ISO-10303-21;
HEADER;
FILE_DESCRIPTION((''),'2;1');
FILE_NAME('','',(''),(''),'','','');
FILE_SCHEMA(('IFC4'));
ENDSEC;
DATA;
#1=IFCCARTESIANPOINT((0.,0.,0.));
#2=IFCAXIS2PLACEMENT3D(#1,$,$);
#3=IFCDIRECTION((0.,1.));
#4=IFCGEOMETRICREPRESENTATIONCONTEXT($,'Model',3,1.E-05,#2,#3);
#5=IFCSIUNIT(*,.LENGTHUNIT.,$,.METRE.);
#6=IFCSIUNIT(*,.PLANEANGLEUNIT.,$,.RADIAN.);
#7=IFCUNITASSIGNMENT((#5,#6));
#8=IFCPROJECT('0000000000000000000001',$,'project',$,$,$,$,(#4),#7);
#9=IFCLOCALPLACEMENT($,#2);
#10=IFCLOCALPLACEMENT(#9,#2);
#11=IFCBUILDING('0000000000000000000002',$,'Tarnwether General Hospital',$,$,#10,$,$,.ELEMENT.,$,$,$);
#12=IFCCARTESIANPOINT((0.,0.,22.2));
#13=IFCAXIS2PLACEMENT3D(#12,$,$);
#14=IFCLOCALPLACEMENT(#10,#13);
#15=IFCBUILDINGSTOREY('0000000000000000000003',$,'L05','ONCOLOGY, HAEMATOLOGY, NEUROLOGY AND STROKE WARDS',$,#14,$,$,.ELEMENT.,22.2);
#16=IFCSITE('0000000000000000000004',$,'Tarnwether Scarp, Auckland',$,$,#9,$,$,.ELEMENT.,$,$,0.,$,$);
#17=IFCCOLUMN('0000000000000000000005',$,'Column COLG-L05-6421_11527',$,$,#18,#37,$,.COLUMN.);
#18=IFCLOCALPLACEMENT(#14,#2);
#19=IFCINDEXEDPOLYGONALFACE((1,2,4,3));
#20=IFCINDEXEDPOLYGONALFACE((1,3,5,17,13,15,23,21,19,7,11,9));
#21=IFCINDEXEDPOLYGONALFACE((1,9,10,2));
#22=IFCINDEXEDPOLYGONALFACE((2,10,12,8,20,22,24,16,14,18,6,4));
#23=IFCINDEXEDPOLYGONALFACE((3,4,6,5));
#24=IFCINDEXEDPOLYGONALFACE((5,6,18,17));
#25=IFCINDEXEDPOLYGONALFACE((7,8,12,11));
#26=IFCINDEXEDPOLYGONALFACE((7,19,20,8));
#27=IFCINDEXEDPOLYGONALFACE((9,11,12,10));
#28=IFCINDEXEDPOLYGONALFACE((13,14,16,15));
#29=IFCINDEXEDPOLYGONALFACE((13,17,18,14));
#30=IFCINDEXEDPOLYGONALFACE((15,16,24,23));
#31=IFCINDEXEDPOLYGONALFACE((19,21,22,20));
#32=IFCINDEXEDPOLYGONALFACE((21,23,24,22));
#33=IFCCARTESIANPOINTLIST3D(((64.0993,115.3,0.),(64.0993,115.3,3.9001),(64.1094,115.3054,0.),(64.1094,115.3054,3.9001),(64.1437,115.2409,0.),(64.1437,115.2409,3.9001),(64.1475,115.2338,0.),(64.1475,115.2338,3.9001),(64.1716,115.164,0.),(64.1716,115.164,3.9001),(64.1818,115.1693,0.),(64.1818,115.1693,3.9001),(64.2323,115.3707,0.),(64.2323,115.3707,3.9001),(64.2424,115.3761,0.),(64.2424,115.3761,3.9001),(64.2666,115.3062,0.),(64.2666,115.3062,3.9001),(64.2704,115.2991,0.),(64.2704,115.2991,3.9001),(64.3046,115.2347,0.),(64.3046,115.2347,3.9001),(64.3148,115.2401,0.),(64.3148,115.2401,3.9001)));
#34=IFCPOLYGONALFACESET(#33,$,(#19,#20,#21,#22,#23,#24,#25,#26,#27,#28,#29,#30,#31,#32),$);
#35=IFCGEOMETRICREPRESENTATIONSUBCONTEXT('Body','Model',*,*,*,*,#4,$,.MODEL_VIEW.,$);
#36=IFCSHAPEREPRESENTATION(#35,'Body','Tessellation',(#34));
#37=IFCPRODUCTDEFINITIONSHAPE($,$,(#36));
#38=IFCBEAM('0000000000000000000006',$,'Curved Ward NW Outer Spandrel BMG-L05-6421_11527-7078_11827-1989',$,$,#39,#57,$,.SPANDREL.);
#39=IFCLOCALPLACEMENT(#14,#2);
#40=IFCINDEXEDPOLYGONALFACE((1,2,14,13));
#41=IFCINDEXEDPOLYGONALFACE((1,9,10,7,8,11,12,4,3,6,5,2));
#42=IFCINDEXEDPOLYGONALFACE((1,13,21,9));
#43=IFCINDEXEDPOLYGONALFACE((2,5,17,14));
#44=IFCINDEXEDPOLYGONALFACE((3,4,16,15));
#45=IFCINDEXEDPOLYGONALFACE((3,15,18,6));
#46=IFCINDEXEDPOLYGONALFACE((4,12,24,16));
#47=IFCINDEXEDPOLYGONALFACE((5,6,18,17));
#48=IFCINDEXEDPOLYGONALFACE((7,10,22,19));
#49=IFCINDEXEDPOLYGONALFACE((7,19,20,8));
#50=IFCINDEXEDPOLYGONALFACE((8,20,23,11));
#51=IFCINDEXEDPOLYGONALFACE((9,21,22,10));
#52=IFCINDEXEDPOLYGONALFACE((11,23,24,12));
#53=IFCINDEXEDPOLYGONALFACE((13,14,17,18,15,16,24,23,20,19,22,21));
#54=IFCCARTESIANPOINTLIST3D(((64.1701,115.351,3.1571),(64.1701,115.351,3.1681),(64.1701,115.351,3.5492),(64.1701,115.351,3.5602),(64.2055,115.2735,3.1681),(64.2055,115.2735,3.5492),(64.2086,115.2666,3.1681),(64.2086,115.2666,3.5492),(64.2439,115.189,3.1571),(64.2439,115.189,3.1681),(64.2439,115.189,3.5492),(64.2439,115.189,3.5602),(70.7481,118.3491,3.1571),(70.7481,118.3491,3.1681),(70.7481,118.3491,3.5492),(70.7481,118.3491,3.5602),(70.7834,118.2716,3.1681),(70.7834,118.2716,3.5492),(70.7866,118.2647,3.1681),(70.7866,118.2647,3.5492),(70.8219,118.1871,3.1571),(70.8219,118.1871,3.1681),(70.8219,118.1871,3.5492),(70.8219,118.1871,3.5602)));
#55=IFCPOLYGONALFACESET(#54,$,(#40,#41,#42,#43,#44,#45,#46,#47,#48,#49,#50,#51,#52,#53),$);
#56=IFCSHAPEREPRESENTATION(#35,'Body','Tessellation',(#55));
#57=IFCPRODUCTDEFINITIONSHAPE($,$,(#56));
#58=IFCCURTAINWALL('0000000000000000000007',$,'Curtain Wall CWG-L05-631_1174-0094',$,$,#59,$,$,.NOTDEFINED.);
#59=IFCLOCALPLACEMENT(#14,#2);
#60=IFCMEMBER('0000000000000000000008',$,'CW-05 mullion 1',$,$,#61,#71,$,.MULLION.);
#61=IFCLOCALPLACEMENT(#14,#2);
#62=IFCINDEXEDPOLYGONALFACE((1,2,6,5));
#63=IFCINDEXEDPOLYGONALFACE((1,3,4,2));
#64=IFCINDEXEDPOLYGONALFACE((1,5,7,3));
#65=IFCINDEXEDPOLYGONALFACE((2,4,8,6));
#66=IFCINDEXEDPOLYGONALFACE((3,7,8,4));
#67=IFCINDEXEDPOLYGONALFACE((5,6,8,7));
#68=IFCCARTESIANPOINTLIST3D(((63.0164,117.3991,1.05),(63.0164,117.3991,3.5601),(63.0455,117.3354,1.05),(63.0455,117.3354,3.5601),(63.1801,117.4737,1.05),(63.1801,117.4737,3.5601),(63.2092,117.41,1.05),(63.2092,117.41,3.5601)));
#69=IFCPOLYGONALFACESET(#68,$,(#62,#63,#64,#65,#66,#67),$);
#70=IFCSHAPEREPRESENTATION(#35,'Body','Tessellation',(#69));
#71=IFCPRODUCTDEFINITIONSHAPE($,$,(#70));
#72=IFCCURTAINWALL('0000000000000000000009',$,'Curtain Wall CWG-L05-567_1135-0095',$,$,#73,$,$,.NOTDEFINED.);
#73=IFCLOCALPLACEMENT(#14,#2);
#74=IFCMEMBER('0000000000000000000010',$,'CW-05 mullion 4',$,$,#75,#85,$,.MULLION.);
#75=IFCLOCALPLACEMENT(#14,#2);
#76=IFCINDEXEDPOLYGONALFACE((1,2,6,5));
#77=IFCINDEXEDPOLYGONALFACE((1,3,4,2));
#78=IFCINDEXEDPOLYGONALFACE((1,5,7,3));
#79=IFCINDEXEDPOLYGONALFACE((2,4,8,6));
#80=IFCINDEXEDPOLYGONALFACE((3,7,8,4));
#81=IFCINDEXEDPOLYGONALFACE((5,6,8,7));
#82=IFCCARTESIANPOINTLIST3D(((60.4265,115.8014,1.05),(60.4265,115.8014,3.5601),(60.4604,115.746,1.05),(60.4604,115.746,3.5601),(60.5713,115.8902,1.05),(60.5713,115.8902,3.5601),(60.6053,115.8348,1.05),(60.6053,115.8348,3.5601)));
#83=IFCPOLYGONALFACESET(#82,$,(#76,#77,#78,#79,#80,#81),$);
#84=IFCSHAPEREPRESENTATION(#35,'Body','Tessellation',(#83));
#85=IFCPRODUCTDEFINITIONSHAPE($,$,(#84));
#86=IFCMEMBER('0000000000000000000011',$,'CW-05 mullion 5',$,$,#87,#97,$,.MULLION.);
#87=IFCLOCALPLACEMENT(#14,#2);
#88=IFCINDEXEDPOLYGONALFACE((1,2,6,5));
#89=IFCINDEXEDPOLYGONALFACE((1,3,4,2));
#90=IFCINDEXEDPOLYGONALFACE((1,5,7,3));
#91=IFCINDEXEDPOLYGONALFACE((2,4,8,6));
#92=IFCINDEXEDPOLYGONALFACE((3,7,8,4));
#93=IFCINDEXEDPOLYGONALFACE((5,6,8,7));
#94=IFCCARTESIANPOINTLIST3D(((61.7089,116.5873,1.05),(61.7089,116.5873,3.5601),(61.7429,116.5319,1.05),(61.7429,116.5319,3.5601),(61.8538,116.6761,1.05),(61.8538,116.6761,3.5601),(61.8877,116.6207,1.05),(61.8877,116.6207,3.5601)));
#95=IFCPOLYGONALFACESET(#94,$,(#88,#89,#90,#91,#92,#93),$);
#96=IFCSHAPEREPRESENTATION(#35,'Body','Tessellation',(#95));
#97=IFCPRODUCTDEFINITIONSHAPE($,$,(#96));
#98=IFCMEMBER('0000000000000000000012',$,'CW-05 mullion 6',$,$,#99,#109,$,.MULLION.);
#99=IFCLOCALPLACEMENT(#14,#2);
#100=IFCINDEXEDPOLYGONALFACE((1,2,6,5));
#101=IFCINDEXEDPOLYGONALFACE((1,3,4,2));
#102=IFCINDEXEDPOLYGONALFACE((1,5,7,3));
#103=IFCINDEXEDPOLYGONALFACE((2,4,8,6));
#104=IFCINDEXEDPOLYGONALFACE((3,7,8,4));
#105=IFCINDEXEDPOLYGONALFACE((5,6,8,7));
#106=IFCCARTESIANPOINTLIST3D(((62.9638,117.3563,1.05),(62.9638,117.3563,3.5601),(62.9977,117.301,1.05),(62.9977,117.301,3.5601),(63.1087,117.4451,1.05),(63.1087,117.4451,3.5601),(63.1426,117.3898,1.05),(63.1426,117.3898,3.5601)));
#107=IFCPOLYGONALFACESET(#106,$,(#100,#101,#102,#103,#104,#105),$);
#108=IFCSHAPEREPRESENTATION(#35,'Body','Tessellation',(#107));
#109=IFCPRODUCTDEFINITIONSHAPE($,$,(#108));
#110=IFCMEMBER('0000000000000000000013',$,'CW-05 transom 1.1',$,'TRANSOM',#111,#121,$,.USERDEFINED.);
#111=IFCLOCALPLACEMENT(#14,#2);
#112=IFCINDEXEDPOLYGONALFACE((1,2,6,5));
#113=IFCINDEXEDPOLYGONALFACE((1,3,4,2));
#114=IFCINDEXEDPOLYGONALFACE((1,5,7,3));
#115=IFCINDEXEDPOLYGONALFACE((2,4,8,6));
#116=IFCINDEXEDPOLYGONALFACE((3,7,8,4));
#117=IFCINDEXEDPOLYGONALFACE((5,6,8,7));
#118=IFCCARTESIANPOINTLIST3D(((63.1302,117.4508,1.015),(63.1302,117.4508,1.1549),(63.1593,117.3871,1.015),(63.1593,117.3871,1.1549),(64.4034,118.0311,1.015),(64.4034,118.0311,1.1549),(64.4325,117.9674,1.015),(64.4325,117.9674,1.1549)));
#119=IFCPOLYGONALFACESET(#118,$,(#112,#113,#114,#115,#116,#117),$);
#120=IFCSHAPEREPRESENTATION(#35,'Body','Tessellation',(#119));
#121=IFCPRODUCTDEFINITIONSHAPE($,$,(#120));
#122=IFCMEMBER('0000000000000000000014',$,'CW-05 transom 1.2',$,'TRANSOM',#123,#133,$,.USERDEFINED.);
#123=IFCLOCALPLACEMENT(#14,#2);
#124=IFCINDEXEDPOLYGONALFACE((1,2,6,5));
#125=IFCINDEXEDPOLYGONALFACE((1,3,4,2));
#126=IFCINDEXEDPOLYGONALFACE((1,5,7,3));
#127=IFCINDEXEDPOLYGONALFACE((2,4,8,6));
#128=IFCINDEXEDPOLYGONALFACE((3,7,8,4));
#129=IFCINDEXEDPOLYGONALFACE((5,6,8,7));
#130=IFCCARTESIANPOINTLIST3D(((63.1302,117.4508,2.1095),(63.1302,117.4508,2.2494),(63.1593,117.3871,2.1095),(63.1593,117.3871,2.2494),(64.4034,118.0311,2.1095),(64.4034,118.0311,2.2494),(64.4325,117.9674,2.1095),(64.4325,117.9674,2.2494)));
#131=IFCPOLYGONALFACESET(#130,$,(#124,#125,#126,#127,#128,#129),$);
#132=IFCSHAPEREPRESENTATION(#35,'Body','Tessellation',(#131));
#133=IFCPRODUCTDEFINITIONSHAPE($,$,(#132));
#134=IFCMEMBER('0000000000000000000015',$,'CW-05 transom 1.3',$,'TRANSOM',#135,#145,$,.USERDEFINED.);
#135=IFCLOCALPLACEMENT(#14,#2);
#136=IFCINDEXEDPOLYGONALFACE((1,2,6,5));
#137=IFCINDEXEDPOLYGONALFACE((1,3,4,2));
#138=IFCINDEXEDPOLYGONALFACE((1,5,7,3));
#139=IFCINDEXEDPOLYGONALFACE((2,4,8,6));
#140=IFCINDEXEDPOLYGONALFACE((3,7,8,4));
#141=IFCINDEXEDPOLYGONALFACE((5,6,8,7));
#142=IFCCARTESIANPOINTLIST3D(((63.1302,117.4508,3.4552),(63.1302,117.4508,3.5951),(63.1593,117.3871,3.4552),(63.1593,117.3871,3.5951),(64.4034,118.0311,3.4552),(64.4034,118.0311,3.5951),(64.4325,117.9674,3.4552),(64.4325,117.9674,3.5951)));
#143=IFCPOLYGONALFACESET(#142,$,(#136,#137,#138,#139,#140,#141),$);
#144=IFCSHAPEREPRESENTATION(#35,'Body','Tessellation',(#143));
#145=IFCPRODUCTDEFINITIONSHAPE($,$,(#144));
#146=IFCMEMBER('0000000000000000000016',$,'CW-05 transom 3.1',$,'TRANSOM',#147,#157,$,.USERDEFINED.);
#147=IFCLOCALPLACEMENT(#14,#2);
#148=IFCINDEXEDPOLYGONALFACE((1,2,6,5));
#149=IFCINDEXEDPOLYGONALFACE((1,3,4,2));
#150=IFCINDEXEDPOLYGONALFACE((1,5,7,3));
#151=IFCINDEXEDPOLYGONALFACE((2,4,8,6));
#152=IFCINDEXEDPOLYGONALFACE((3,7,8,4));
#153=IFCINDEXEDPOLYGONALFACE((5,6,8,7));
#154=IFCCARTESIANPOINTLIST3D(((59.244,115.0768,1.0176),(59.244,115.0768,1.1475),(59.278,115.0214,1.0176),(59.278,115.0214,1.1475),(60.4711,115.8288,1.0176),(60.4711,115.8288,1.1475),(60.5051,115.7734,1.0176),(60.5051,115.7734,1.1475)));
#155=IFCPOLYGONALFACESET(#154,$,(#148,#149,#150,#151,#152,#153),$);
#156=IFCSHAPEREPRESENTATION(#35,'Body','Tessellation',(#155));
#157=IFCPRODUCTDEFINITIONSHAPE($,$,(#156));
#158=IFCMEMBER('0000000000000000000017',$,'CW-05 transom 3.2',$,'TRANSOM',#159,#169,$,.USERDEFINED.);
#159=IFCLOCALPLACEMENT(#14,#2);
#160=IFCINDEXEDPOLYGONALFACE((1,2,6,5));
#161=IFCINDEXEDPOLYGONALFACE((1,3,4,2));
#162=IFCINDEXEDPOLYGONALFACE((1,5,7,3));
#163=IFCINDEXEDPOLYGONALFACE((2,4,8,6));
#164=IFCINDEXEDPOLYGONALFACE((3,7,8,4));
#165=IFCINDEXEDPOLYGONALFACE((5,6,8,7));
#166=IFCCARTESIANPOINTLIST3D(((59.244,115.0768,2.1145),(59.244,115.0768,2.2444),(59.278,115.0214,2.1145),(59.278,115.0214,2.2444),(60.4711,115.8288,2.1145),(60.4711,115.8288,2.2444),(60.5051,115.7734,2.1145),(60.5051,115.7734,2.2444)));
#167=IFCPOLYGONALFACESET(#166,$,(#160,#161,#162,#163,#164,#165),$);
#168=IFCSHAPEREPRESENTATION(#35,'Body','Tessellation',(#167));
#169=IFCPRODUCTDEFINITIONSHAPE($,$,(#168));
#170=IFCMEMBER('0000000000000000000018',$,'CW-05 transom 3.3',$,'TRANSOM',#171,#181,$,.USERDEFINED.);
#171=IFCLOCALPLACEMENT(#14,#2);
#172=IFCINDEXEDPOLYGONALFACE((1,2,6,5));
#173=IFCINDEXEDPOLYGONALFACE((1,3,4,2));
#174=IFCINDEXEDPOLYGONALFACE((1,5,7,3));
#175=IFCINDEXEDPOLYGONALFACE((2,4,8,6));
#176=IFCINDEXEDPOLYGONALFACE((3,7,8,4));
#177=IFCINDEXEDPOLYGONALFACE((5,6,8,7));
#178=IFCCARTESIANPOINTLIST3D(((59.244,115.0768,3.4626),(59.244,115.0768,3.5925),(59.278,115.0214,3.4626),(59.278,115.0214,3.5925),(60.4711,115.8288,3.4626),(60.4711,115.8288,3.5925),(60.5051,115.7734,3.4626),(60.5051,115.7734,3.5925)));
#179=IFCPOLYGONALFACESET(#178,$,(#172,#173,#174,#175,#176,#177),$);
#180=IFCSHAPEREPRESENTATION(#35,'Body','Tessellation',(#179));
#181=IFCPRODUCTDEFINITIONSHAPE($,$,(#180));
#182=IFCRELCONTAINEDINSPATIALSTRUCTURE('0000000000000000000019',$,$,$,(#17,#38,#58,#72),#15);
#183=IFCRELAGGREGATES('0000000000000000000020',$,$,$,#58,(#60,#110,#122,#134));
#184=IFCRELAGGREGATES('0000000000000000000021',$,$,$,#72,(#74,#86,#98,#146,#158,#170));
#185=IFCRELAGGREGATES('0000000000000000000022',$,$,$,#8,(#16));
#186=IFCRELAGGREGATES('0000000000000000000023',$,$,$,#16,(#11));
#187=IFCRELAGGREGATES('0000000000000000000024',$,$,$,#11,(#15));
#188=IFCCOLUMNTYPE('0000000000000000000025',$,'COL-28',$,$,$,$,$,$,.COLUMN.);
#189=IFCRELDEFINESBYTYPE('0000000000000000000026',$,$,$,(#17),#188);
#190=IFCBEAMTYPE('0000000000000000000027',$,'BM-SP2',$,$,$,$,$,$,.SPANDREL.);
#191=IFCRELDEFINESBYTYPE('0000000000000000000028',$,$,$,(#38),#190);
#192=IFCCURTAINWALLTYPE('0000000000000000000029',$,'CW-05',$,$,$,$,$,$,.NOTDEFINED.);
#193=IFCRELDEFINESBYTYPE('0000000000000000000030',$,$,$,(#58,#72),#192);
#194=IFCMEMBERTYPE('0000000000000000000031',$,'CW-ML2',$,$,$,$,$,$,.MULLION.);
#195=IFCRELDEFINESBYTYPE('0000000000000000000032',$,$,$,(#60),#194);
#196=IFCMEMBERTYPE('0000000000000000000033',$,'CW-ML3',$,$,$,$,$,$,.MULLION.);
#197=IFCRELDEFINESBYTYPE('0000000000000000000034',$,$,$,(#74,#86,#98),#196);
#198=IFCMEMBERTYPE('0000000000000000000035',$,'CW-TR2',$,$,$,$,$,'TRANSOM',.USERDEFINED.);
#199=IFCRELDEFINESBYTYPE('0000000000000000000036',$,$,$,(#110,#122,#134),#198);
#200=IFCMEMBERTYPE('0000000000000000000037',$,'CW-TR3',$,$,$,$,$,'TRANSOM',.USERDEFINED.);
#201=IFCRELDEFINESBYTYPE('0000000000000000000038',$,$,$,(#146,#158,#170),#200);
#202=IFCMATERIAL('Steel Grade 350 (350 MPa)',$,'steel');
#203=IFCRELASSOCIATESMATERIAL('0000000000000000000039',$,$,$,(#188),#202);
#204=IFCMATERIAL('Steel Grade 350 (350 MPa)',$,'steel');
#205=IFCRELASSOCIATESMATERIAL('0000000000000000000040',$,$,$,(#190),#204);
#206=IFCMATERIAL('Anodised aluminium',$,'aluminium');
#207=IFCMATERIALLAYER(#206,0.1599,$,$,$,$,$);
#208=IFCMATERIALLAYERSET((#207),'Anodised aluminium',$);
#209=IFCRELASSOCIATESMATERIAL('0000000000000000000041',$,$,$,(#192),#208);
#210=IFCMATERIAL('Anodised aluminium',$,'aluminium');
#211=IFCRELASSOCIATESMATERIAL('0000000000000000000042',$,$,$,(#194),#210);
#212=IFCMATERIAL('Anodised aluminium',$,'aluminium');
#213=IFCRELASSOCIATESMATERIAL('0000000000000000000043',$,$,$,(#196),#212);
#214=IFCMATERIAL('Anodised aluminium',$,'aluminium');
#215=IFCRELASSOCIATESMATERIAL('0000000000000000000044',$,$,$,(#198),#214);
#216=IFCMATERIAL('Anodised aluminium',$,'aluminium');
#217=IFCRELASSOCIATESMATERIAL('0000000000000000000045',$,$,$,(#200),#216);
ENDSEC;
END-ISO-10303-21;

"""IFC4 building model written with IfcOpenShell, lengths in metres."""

from ifc_helpers import new_model, si_unit, direction, frame, origin, origin_2d, place, context, subcontext, project, spatial, rectangle, i_section, extrude, material, layer, layer_set, material_profile, profile_set, type_object, element, aggregate, save


model = new_model("IFC4")

# Units and contexts
model_context = context("Model", 3, precision=1e-05, world=origin(), true_north=direction((0.0, 1.0)))
body_context = subcontext(model_context, "Body", "Model", "MODEL_VIEW")
ifc_project = project(units=[si_unit("LENGTHUNIT", "METRE"), si_unit("PLANEANGLEUNIT", "RADIAN")], contexts=[model_context])

# Site, building, storey
site_placement = place(None, origin())
site = spatial("IfcSite", under=ifc_project, at=site_placement, Name="Tarnwether Scarp, Auckland", CompositionType="ELEMENT", RefElevation=0.0)
building_placement = place(site_placement, origin())
building = spatial("IfcBuilding", under=site, at=building_placement, Name="Tarnwether General Hospital", CompositionType="ELEMENT")
storey_placement = place(building_placement, frame((0.0, 0.0, 22.2)))
storey = spatial("IfcBuildingStorey", under=building, at=storey_placement, Name="L05", Description="ONCOLOGY, HAEMATOLOGY, NEUROLOGY AND STROKE WARDS", CompositionType="ELEMENT", Elevation=22.2)

# Column
ifc_material_1 = material(Name="Steel Grade 350 (350 MPa)", Category="steel")
ifc_material_profile_1 = material_profile(ifc_material_1, i_section(OverallWidth=0.1541, OverallDepth=0.1621, WebThickness=0.0081, FlangeThickness=0.0115, at=origin_2d()), Name="150UC37.2")
ifc_profile_set_1 = profile_set([ifc_material_profile_1], Name="Steel Grade 350 (350 MPa)")
column_type = type_object("IfcColumnType", Name="COL-28", PredefinedType="COLUMN", material=ifc_profile_set_1)
column_placement = place(storey_placement, frame((64.207, 115.27, 0.0), z_axis=(0.0, 0.0, 1.0), x_axis=(-0.469472, 0.882948, 0.0)))
element("IfcColumn", 1, at=column_placement, inside=storey, type_object=column_type, Name="Column COLG-L05-6421_11527", PredefinedType="COLUMN", context=body_context, shape_type="SweptSolid", body=[
    extrude(i_section(OverallWidth=0.1541, OverallDepth=0.1621, WebThickness=0.0081, FlangeThickness=0.0115, at=origin_2d()), origin(), (0.0, 0.0, 1.0), 3.9001),
])

# Beam
ifc_material_2 = material(Name="Steel Grade 350 (350 MPa)", Category="steel")
ifc_material_profile_2 = material_profile(ifc_material_2, i_section(OverallWidth=0.178, OverallDepth=0.4031, WebThickness=0.0076, FlangeThickness=0.011, at=origin_2d()), Name="410UB53.7")
ifc_profile_set_2 = profile_set([ifc_material_profile_2], Name="Steel Grade 350 (350 MPa)")
beam_type = type_object("IfcBeamType", Name="BM-SP2", PredefinedType="SPANDREL", material=ifc_profile_set_2)
beam_placement = place(storey_placement, frame((64.207, 115.27, 3.3586), z_axis=(0.909944, 0.414731, 0.0), x_axis=(-0.414731, 0.909944, 0.0)))
element("IfcBeam", 2, at=beam_placement, inside=storey, type_object=beam_type, Name="Curved Ward NW Outer Spandrel BMG-L05-6421_11527-7078_11827-1989", PredefinedType="SPANDREL", context=body_context, shape_type="SweptSolid", body=[
    extrude(i_section(OverallWidth=0.178, OverallDepth=0.4031, WebThickness=0.0076, FlangeThickness=0.011, at=origin_2d()), origin(), (0.0, 0.0, 1.0), 7.229),
])

# Curtain wall, member
ifc_material_3 = material(Name="Anodised aluminium", Category="aluminium")
ifc_layer_1 = layer(ifc_material_3, 0.1599)
ifc_layer_set_1 = layer_set([ifc_layer_1], Name="Anodised aluminium")
curtain_wall_type = type_object("IfcCurtainWallType", Name="CW-05", PredefinedType="NOTDEFINED", material=ifc_layer_set_1)
curtain_wall_1_placement = place(storey_placement, origin())
curtain_wall_1 = element("IfcCurtainWall", 3, at=curtain_wall_1_placement, inside=storey, type_object=curtain_wall_type, Name="Curtain Wall CWG-L05-631_1174-0094", PredefinedType="NOTDEFINED")
ifc_material_4 = material(Name="Anodised aluminium", Category="aluminium")
ifc_material_profile_3 = material_profile(ifc_material_4, rectangle(XDim=0.0701, YDim=0.1799, at=origin_2d()), Name="ALU-MUL-70x180")
ifc_profile_set_3 = profile_set([ifc_material_profile_3], Name="Anodised aluminium")
member_type_1 = type_object("IfcMemberType", Name="CW-ML2", PredefinedType="MULLION", material=ifc_profile_set_3)
member_1_placement = place(storey_placement, frame((63.1128, 117.4045, 1.05), z_axis=(0.0, 0.0, 1.0), x_axis=(-0.414694, 0.909961, 0.0)))
member_1 = element("IfcMember", 4, at=member_1_placement, type_object=member_type_1, Name="CW-05 mullion 1", PredefinedType="MULLION", context=body_context, shape_type="SweptSolid", body=[
    extrude(rectangle(XDim=0.0701, YDim=0.1799, at=origin_2d()), origin(), (0.0, 0.0, 1.0), 2.51),
])

# Curtain wall, members
curtain_wall_2_placement = place(storey_placement, origin())
curtain_wall_2 = element("IfcCurtainWall", 5, at=curtain_wall_2_placement, inside=storey, type_object=curtain_wall_type, Name="Curtain Wall CWG-L05-567_1135-0095", PredefinedType="NOTDEFINED")
ifc_material_5 = material(Name="Anodised aluminium", Category="aluminium")
ifc_material_profile_4 = material_profile(ifc_material_5, rectangle(XDim=0.0649, YDim=0.1699, at=origin_2d()), Name="ALU-MUL-65x170")
ifc_profile_set_4 = profile_set([ifc_material_profile_4], Name="Anodised aluminium")
member_type_2 = type_object("IfcMemberType", Name="CW-ML3", PredefinedType="MULLION", material=ifc_profile_set_4)
member_2_placement = place(storey_placement, frame((60.5159, 115.8181, 1.05), z_axis=(0.0, 0.0, 1.0), x_axis=(-0.522509, 0.852634, 0.0)))
member_2 = element("IfcMember", 6, at=member_2_placement, type_object=member_type_2, Name="CW-05 mullion 4", PredefinedType="MULLION", context=body_context, shape_type="SweptSolid", body=[
    extrude(rectangle(XDim=0.0649, YDim=0.1699, at=origin_2d()), origin(), (0.0, 0.0, 1.0), 2.51),
])
member_3_placement = place(storey_placement, frame((61.7983, 116.604, 1.05), z_axis=(0.0, 0.0, 1.0), x_axis=(-0.522509, 0.852634, 0.0)))
member_3 = element("IfcMember", 7, at=member_3_placement, type_object=member_type_2, Name="CW-05 mullion 5", PredefinedType="MULLION", context=body_context, shape_type="SweptSolid", body=[
    extrude(rectangle(XDim=0.0649, YDim=0.1699, at=origin_2d()), origin(), (0.0, 0.0, 1.0), 2.51),
])
member_4_placement = place(storey_placement, frame((63.0532, 117.373, 1.05), z_axis=(0.0, 0.0, 1.0), x_axis=(-0.522509, 0.852634, 0.0)))
member_4 = element("IfcMember", 8, at=member_4_placement, type_object=member_type_2, Name="CW-05 mullion 6", PredefinedType="MULLION", context=body_context, shape_type="SweptSolid", body=[
    extrude(rectangle(XDim=0.0649, YDim=0.1699, at=origin_2d()), origin(), (0.0, 0.0, 1.0), 2.51),
])

# Members
ifc_material_6 = material(Name="Anodised aluminium", Category="aluminium")
ifc_material_profile_5 = material_profile(ifc_material_6, rectangle(XDim=0.0701, YDim=0.1399, at=origin_2d()), Name="ALU-TRN-70x140")
ifc_profile_set_5 = profile_set([ifc_material_profile_5], Name="Anodised aluminium")
member_type_3 = type_object("IfcMemberType", Name="CW-TR2", ElementType="TRANSOM", PredefinedType="USERDEFINED", material=ifc_profile_set_5)
member_5_placement = place(storey_placement, frame((63.1448, 117.4189, 1.085), z_axis=(0.909936, 0.414749, 0.0), x_axis=(-0.414749, 0.909936, 0.0)))
member_5 = element("IfcMember", 9, at=member_5_placement, type_object=member_type_3, Name="CW-05 transom 1.1", ObjectType="TRANSOM", PredefinedType="USERDEFINED", context=body_context, shape_type="SweptSolid", body=[
    extrude(rectangle(XDim=0.0701, YDim=0.1399, at=origin_2d()), origin(), (0.0, 0.0, 1.0), 1.3992),
])
member_6_placement = place(storey_placement, frame((63.1448, 117.4189, 2.1794), z_axis=(0.909936, 0.414749, 0.0), x_axis=(-0.414749, 0.909936, 0.0)))
member_6 = element("IfcMember", 10, at=member_6_placement, type_object=member_type_3, Name="CW-05 transom 1.2", ObjectType="TRANSOM", PredefinedType="USERDEFINED", context=body_context, shape_type="SweptSolid", body=[
    extrude(rectangle(XDim=0.0701, YDim=0.1399, at=origin_2d()), origin(), (0.0, 0.0, 1.0), 1.3992),
])
member_7_placement = place(storey_placement, frame((63.1448, 117.4189, 3.5251), z_axis=(0.909936, 0.414749, 0.0), x_axis=(-0.414749, 0.909936, 0.0)))
member_7 = element("IfcMember", 11, at=member_7_placement, type_object=member_type_3, Name="CW-05 transom 1.3", ObjectType="TRANSOM", PredefinedType="USERDEFINED", context=body_context, shape_type="SweptSolid", body=[
    extrude(rectangle(XDim=0.0701, YDim=0.1399, at=origin_2d()), origin(), (0.0, 0.0, 1.0), 1.3992),
])
aggregate(curtain_wall_1, [member_1, member_5, member_6, member_7])
ifc_material_7 = material(Name="Anodised aluminium", Category="aluminium")
ifc_material_profile_6 = material_profile(ifc_material_7, rectangle(XDim=0.0649, YDim=0.1299, at=origin_2d()), Name="ALU-TRN-65x130")
ifc_profile_set_6 = profile_set([ifc_material_profile_6], Name="Anodised aluminium")
member_type_4 = type_object("IfcMemberType", Name="CW-TR3", ElementType="TRANSOM", PredefinedType="USERDEFINED", material=ifc_profile_set_6)
member_8_placement = place(storey_placement, frame((59.261, 115.0491, 1.0825), z_axis=(0.852635, 0.522506, 0.0), x_axis=(-0.522506, 0.852635, 0.0)))
member_8 = element("IfcMember", 12, at=member_8_placement, type_object=member_type_4, Name="CW-05 transom 3.1", ObjectType="TRANSOM", PredefinedType="USERDEFINED", context=body_context, shape_type="SweptSolid", body=[
    extrude(rectangle(XDim=0.0649, YDim=0.1299, at=origin_2d()), origin(), (0.0, 0.0, 1.0), 1.4392),
])
member_9_placement = place(storey_placement, frame((59.261, 115.0491, 2.1794), z_axis=(0.852635, 0.522506, 0.0), x_axis=(-0.522506, 0.852635, 0.0)))
member_9 = element("IfcMember", 13, at=member_9_placement, type_object=member_type_4, Name="CW-05 transom 3.2", ObjectType="TRANSOM", PredefinedType="USERDEFINED", context=body_context, shape_type="SweptSolid", body=[
    extrude(rectangle(XDim=0.0649, YDim=0.1299, at=origin_2d()), origin(), (0.0, 0.0, 1.0), 1.4392),
])
member_10_placement = place(storey_placement, frame((59.261, 115.0491, 3.5276), z_axis=(0.852635, 0.522506, 0.0), x_axis=(-0.522506, 0.852635, 0.0)))
member_10 = element("IfcMember", 14, at=member_10_placement, type_object=member_type_4, Name="CW-05 transom 3.3", ObjectType="TRANSOM", PredefinedType="USERDEFINED", context=body_context, shape_type="SweptSolid", body=[
    extrude(rectangle(XDim=0.0649, YDim=0.1299, at=origin_2d()), origin(), (0.0, 0.0, 1.0), 1.4392),
])

aggregate(curtain_wall_2, [member_2, member_3, member_4, member_8, member_9, member_10])

save(model, "model.ifc")
